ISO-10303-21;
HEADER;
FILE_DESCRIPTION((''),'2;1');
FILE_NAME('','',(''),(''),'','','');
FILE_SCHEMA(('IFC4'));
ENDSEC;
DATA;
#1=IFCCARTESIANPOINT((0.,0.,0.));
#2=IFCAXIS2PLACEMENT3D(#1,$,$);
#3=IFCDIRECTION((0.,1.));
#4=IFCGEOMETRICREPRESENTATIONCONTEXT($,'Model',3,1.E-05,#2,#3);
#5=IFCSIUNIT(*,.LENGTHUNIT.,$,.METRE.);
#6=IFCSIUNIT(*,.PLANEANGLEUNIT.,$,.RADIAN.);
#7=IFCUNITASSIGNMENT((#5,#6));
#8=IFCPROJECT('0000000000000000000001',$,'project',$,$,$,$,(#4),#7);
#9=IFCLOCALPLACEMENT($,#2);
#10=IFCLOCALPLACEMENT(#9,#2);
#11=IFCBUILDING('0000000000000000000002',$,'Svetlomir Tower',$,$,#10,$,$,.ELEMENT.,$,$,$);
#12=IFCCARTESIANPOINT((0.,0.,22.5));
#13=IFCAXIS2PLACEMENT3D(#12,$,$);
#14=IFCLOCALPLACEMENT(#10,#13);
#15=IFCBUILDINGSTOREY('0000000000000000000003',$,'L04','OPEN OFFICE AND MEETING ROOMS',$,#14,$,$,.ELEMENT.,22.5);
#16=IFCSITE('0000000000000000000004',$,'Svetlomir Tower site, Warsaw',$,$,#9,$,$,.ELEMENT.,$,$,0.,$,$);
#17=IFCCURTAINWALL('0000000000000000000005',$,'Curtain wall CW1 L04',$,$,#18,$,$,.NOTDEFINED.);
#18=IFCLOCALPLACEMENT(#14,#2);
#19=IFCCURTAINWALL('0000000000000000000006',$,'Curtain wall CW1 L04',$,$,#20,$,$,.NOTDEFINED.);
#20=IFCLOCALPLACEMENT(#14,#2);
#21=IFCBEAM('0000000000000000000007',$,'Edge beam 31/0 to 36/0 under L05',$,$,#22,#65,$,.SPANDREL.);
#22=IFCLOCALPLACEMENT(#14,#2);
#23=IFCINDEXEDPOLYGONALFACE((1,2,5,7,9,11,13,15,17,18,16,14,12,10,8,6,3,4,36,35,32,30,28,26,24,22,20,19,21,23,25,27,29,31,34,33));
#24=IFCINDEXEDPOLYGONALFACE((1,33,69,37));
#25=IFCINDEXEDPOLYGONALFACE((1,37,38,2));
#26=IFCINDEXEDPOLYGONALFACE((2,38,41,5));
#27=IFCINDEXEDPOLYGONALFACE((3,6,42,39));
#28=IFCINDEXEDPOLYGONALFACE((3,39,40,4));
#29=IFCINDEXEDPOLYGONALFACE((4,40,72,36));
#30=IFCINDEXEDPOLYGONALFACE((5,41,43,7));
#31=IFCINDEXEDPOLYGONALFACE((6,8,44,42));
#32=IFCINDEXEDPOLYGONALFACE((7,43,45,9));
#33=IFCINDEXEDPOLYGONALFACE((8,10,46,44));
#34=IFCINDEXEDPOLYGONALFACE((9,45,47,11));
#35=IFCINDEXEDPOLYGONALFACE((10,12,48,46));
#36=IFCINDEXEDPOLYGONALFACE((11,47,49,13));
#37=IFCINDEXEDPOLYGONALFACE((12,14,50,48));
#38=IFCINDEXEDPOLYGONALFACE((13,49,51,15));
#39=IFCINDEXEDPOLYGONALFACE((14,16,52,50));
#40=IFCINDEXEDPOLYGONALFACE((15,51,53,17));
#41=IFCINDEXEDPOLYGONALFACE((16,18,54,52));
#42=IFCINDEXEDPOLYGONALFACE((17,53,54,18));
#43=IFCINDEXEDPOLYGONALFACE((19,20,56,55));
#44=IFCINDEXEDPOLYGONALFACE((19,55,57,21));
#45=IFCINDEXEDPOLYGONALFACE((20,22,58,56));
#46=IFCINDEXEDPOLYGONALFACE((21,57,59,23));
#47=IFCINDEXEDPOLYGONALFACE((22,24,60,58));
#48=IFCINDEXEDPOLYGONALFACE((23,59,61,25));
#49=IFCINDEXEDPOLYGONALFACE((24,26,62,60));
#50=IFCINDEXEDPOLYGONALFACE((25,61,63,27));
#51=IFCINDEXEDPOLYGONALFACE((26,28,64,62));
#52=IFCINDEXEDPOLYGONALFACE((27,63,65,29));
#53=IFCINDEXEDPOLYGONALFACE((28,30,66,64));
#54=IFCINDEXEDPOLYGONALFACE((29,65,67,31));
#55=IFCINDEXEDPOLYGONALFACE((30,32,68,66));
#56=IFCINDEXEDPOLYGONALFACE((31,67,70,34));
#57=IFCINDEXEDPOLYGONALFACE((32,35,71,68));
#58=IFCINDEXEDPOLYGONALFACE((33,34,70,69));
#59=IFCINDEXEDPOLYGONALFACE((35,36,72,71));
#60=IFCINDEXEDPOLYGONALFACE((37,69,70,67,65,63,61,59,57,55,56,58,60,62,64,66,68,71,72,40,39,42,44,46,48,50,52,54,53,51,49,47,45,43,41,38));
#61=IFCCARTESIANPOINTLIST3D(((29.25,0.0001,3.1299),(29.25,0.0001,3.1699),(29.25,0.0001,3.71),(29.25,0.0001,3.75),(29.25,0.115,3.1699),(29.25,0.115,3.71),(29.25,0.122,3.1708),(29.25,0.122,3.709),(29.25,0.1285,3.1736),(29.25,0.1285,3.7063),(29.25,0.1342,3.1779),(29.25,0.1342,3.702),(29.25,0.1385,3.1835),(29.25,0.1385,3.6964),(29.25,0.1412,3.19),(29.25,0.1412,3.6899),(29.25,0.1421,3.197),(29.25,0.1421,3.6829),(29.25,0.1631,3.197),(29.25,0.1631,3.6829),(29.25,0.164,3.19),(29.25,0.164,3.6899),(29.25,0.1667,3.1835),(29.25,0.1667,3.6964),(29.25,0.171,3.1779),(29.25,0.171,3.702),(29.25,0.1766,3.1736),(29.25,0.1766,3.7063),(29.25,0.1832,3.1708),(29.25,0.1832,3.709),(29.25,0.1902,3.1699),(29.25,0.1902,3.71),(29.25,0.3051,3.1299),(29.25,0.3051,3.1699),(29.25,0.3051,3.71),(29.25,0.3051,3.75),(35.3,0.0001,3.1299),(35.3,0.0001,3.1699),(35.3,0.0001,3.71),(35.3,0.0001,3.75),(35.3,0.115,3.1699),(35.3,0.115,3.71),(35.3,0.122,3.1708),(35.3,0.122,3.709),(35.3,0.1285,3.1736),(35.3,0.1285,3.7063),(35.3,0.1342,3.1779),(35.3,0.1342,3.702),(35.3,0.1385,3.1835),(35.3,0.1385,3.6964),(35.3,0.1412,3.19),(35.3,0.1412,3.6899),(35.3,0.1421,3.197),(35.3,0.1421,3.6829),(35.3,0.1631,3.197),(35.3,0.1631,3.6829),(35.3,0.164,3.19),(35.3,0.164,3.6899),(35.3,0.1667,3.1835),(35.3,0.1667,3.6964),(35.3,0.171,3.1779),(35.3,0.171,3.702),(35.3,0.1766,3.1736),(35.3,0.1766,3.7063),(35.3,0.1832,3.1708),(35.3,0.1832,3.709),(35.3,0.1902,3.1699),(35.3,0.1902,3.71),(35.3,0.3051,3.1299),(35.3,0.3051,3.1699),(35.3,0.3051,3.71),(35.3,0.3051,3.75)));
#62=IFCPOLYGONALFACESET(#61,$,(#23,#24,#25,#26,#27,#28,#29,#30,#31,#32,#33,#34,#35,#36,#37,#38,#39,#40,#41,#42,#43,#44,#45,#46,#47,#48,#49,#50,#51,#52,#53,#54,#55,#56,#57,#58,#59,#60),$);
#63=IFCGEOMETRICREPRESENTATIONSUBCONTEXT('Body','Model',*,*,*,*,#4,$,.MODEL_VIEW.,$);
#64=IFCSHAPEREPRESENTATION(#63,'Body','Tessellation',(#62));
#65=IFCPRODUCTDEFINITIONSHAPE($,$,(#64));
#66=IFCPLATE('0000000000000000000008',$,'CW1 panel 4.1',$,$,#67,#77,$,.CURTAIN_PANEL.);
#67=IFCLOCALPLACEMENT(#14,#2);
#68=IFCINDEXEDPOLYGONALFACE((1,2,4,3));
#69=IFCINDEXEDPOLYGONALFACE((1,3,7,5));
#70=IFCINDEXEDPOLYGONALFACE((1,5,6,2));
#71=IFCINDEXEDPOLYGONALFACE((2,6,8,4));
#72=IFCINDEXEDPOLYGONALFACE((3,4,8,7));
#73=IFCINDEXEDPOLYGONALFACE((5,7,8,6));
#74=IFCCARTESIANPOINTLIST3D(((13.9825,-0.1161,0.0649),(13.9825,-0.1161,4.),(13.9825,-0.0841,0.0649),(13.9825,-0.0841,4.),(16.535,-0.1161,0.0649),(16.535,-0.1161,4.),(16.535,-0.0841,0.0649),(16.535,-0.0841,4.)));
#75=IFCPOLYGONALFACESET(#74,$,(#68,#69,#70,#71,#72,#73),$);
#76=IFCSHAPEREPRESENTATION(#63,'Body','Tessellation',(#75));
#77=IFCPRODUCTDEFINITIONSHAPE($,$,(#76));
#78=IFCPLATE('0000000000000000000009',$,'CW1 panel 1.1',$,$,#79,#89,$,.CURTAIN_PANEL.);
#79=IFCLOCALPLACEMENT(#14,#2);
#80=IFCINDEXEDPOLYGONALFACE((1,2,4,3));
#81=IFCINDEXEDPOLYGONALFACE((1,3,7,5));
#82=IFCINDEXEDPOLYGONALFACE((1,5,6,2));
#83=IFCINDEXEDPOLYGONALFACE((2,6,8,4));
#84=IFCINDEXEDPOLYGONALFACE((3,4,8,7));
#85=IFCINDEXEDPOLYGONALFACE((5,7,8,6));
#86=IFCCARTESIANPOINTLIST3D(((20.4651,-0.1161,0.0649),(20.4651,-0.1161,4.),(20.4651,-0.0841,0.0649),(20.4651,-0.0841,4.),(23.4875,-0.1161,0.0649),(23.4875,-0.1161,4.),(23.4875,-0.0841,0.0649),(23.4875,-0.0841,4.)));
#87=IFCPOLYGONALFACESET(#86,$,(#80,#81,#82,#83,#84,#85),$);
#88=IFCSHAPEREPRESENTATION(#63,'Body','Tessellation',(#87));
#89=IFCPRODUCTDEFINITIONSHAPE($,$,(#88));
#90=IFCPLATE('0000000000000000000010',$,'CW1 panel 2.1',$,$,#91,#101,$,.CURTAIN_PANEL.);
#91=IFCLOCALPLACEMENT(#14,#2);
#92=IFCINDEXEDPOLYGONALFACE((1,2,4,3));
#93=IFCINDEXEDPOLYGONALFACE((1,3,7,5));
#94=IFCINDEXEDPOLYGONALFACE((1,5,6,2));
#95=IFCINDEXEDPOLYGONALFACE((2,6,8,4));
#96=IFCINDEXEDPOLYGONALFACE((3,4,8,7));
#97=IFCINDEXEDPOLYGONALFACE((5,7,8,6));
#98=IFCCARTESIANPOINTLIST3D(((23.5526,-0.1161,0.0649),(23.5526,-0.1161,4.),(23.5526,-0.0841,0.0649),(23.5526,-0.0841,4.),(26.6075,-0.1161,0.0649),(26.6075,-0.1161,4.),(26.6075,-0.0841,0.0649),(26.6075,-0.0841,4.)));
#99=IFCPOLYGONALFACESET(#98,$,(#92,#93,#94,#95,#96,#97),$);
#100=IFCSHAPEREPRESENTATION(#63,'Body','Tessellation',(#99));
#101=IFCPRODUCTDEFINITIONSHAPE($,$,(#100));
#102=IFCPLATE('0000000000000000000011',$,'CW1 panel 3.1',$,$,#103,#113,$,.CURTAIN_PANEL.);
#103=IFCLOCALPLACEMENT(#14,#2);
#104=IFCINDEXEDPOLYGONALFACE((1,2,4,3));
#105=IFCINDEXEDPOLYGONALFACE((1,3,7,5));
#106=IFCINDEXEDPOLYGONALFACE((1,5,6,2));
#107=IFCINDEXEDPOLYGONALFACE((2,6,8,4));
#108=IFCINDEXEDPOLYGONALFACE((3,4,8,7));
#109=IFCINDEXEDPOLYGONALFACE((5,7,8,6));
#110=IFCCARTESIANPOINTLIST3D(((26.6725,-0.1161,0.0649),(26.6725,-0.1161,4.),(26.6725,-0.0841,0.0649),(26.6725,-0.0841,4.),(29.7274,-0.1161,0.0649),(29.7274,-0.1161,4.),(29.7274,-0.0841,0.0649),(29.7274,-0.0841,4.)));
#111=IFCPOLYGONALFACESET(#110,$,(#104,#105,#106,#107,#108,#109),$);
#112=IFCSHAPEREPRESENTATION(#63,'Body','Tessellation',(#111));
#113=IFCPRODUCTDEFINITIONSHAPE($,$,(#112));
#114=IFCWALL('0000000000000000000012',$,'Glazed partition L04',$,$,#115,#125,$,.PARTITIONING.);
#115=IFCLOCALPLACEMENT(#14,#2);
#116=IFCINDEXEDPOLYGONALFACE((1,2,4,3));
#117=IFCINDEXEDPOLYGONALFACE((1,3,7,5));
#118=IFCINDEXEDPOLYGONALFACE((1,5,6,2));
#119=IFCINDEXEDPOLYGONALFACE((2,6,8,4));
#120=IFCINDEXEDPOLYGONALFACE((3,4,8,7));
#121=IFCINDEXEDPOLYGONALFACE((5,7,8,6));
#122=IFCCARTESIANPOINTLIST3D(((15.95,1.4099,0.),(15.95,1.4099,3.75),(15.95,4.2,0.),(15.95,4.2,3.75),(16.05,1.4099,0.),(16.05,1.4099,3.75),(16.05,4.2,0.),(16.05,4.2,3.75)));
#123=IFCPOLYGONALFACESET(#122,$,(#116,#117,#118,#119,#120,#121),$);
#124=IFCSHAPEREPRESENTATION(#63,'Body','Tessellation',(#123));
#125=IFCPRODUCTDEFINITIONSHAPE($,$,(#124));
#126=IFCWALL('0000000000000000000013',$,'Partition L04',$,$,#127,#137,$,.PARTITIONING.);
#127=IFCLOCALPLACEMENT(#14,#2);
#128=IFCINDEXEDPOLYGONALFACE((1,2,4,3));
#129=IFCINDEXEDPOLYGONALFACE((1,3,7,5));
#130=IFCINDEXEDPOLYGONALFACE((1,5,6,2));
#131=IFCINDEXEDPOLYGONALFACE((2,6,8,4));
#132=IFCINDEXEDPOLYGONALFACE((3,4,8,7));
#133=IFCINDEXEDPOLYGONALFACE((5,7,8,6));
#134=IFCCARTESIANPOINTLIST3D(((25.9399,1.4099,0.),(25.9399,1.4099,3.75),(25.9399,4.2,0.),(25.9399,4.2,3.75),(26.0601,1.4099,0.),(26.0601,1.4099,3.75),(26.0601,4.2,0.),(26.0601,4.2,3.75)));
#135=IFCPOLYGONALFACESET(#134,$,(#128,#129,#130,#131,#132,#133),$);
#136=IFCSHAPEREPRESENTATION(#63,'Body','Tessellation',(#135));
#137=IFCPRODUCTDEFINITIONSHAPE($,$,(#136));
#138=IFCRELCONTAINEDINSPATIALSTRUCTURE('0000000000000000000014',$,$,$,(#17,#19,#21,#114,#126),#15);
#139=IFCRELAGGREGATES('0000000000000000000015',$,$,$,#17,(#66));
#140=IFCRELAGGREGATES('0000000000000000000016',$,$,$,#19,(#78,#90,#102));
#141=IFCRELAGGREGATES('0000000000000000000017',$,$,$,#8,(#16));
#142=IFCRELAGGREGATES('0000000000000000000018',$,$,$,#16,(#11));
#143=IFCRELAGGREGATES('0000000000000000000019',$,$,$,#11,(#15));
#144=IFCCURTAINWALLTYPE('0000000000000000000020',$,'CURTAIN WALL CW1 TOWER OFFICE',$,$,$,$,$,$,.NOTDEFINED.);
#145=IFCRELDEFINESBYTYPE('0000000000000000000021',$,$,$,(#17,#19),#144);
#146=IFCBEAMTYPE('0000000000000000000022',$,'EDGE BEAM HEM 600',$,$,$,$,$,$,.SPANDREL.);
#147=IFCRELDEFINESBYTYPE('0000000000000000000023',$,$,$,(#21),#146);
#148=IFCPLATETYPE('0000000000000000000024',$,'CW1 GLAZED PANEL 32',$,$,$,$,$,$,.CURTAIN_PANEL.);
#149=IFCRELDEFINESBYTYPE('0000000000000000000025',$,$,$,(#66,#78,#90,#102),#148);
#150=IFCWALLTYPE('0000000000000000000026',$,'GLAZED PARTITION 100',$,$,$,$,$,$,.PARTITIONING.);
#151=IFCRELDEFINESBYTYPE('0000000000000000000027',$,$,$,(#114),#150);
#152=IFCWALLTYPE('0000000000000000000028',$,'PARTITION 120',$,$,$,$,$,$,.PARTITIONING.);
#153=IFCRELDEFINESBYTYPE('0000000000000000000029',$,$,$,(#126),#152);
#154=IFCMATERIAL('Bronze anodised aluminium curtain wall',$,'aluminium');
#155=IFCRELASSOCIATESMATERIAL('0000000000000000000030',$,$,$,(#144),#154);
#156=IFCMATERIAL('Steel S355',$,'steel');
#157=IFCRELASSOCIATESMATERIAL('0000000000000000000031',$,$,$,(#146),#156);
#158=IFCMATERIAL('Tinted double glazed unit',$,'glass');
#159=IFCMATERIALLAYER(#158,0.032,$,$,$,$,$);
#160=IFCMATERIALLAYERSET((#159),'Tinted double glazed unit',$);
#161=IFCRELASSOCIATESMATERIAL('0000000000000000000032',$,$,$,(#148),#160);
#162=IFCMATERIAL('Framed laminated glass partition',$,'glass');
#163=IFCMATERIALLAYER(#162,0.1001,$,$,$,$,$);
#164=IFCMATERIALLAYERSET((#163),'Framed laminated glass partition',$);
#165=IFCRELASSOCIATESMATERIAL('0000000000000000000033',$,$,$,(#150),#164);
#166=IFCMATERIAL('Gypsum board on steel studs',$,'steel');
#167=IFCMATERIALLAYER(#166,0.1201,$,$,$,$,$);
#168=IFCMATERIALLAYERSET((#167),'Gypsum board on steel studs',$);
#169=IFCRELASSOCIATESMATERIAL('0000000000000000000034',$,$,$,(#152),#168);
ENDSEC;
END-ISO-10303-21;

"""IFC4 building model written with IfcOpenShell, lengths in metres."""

from ifc_helpers import new_model, si_unit, direction, frame, frame_2d, origin, origin_2d, place, context, subcontext, project, spatial, rectangle, i_section, extrude, material, layer, layer_set, material_profile, profile_set, type_object, element, aggregate, save


model = new_model("IFC4")

# Units and contexts
model_context = context("Model", 3, precision=1e-05, world=origin(), true_north=direction((0.0, 1.0)))
body_context = subcontext(model_context, "Body", "Model", "MODEL_VIEW")
ifc_project = project(units=[si_unit("LENGTHUNIT", "METRE"), si_unit("PLANEANGLEUNIT", "RADIAN")], contexts=[model_context])

# Site, building, storey
site_placement = place(None, origin())
site = spatial("IfcSite", under=ifc_project, at=site_placement, Name="Svetlomir Tower site, Warsaw", CompositionType="ELEMENT", RefElevation=0.0)
building_placement = place(site_placement, origin())
building = spatial("IfcBuilding", under=site, at=building_placement, Name="Svetlomir Tower", CompositionType="ELEMENT")
storey_placement = place(building_placement, frame((0.0, 0.0, 22.5)))
storey = spatial("IfcBuildingStorey", under=building, at=storey_placement, Name="L04", Description="OPEN OFFICE AND MEETING ROOMS", CompositionType="ELEMENT", Elevation=22.5)

# Curtain walls
ifc_material_1 = material(Name="Bronze anodised aluminium curtain wall", Category="aluminium")
curtain_wall_type = type_object("IfcCurtainWallType", Name="CURTAIN WALL CW1 TOWER OFFICE", PredefinedType="NOTDEFINED", material=ifc_material_1)
curtain_wall_1_placement = place(storey_placement, origin())
curtain_wall_1 = element("IfcCurtainWall", 1, at=curtain_wall_1_placement, inside=storey, type_object=curtain_wall_type, Name="Curtain wall CW1 L04", PredefinedType="NOTDEFINED")
curtain_wall_2_placement = place(storey_placement, origin())
curtain_wall_2 = element("IfcCurtainWall", 2, at=curtain_wall_2_placement, inside=storey, type_object=curtain_wall_type, Name="Curtain wall CW1 L04", PredefinedType="NOTDEFINED")

# Beam
ifc_material_2 = material(Name="Steel S355", Category="steel")
ifc_material_profile_1 = material_profile(ifc_material_2, i_section(OverallWidth=0.3049, OverallDepth=0.6201, WebThickness=0.021, FlangeThickness=0.04, FilletRadius=0.0271, at=origin_2d()), Name="HEM 600")
ifc_profile_set_1 = profile_set([ifc_material_profile_1], Name="Steel S355")
beam_type_1 = type_object("IfcBeamType", Name="EDGE BEAM HEM 600", PredefinedType="SPANDREL", material=ifc_profile_set_1)
beam_1_placement = place(storey_placement, frame((29.25, 0.1526, 3.4399), z_axis=(1.0, 0.0, 0.0), x_axis=(0.0, 1.0, 0.0)))
element("IfcBeam", 3, at=beam_1_placement, inside=storey, type_object=beam_type_1, Name="Edge beam 31/0 to 36/0 under L05", PredefinedType="SPANDREL", context=body_context, shape_type="SweptSolid", body=[
    extrude(i_section(OverallWidth=0.3049, OverallDepth=0.6201, WebThickness=0.021, FlangeThickness=0.04, FilletRadius=0.0271, at=origin_2d()), origin(), (0.0, 0.0, 1.0), 6.05),
])

# Plates
ifc_material_3 = material(Name="Tinted double glazed unit", Category="glass")
ifc_layer_1 = layer(ifc_material_3, 0.032)
ifc_layer_set_1 = layer_set([ifc_layer_1], Name="Tinted double glazed unit")
plate_type = type_object("IfcPlateType", Name="CW1 GLAZED PANEL 32", PredefinedType="CURTAIN_PANEL", material=ifc_layer_set_1)
plate_1_placement = place(storey_placement, frame((15.2588, -0.1001, 0.0649), z_axis=(0.0, 0.0, 1.0), x_axis=(1.0, 0.0, 0.0)))
plate_1 = element("IfcPlate", 4, at=plate_1_placement, type_object=plate_type, Name="CW1 panel 4.1", PredefinedType="CURTAIN_PANEL", context=body_context, shape_type="SweptSolid", body=[
    extrude(rectangle(XDim=2.5525, YDim=0.032, at=origin_2d()), origin(), (0.0, 0.0, 1.0), 3.9351),
])
aggregate(curtain_wall_1, [plate_1])
plate_2_placement = place(storey_placement, frame((21.9763, -0.1001, 0.0649), z_axis=(0.0, 0.0, 1.0), x_axis=(1.0, 0.0, 0.0)))
plate_2 = element("IfcPlate", 5, at=plate_2_placement, type_object=plate_type, Name="CW1 panel 1.1", PredefinedType="CURTAIN_PANEL", context=body_context, shape_type="SweptSolid", body=[
    extrude(rectangle(XDim=3.0225, YDim=0.032, at=origin_2d()), origin(), (0.0, 0.0, 1.0), 3.9351),
])
plate_3_placement = place(storey_placement, frame((25.0801, -0.1001, 0.0649), z_axis=(0.0, 0.0, 1.0), x_axis=(1.0, 0.0, 0.0)))
plate_3 = element("IfcPlate", 6, at=plate_3_placement, type_object=plate_type, Name="CW1 panel 2.1", PredefinedType="CURTAIN_PANEL", context=body_context, shape_type="SweptSolid", body=[
    extrude(rectangle(XDim=3.0549, YDim=0.032, at=origin_2d()), origin(), (0.0, 0.0, 1.0), 3.9351),
])
plate_4_placement = place(storey_placement, frame((28.2, -0.1001, 0.0649), z_axis=(0.0, 0.0, 1.0), x_axis=(1.0, 0.0, 0.0)))
plate_4 = element("IfcPlate", 7, at=plate_4_placement, type_object=plate_type, Name="CW1 panel 3.1", PredefinedType="CURTAIN_PANEL", context=body_context, shape_type="SweptSolid", body=[
    extrude(rectangle(XDim=3.0549, YDim=0.032, at=origin_2d()), origin(), (0.0, 0.0, 1.0), 3.9351),
])
aggregate(curtain_wall_2, [plate_2, plate_3, plate_4])

# Walls
ifc_material_4 = material(Name="Framed laminated glass partition", Category="glass")
ifc_layer_2 = layer(ifc_material_4, 0.1001)
ifc_layer_set_2 = layer_set([ifc_layer_2], Name="Framed laminated glass partition")
wall_type_1 = type_object("IfcWallType", Name="GLAZED PARTITION 100", PredefinedType="PARTITIONING", material=ifc_layer_set_2)
wall_1_placement = place(storey_placement, frame((16.0, 1.4099, 0.0), z_axis=(0.0, 0.0, 1.0), x_axis=(0.0, 1.0, 0.0)))
element("IfcWall", 8, at=wall_1_placement, inside=storey, type_object=wall_type_1, Name="Glazed partition L04", PredefinedType="PARTITIONING", context=body_context, shape_type="SweptSolid", body=[
    extrude(rectangle(XDim=2.79, YDim=0.1001, at=frame_2d((1.395, 0.0))), origin(), (0.0, 0.0, 1.0), 3.75),
])
ifc_material_5 = material(Name="Gypsum board on steel studs", Category="steel")
ifc_layer_3 = layer(ifc_material_5, 0.1201)
ifc_layer_set_3 = layer_set([ifc_layer_3], Name="Gypsum board on steel studs")
wall_type_2 = type_object("IfcWallType", Name="PARTITION 120", PredefinedType="PARTITIONING", material=ifc_layer_set_3)
wall_2_placement = place(storey_placement, frame((26.0, 1.4099, 0.0), z_axis=(0.0, 0.0, 1.0), x_axis=(0.0, 1.0, 0.0)))
element("IfcWall", 9, at=wall_2_placement, inside=storey, type_object=wall_type_2, Name="Partition L04", PredefinedType="PARTITIONING", context=body_context, shape_type="SweptSolid", body=[
    extrude(rectangle(XDim=2.79, YDim=0.1201, at=frame_2d((1.395, 0.0))), origin(), (0.0, 0.0, 1.0), 3.75),
])

save(model, "model.ifc")
